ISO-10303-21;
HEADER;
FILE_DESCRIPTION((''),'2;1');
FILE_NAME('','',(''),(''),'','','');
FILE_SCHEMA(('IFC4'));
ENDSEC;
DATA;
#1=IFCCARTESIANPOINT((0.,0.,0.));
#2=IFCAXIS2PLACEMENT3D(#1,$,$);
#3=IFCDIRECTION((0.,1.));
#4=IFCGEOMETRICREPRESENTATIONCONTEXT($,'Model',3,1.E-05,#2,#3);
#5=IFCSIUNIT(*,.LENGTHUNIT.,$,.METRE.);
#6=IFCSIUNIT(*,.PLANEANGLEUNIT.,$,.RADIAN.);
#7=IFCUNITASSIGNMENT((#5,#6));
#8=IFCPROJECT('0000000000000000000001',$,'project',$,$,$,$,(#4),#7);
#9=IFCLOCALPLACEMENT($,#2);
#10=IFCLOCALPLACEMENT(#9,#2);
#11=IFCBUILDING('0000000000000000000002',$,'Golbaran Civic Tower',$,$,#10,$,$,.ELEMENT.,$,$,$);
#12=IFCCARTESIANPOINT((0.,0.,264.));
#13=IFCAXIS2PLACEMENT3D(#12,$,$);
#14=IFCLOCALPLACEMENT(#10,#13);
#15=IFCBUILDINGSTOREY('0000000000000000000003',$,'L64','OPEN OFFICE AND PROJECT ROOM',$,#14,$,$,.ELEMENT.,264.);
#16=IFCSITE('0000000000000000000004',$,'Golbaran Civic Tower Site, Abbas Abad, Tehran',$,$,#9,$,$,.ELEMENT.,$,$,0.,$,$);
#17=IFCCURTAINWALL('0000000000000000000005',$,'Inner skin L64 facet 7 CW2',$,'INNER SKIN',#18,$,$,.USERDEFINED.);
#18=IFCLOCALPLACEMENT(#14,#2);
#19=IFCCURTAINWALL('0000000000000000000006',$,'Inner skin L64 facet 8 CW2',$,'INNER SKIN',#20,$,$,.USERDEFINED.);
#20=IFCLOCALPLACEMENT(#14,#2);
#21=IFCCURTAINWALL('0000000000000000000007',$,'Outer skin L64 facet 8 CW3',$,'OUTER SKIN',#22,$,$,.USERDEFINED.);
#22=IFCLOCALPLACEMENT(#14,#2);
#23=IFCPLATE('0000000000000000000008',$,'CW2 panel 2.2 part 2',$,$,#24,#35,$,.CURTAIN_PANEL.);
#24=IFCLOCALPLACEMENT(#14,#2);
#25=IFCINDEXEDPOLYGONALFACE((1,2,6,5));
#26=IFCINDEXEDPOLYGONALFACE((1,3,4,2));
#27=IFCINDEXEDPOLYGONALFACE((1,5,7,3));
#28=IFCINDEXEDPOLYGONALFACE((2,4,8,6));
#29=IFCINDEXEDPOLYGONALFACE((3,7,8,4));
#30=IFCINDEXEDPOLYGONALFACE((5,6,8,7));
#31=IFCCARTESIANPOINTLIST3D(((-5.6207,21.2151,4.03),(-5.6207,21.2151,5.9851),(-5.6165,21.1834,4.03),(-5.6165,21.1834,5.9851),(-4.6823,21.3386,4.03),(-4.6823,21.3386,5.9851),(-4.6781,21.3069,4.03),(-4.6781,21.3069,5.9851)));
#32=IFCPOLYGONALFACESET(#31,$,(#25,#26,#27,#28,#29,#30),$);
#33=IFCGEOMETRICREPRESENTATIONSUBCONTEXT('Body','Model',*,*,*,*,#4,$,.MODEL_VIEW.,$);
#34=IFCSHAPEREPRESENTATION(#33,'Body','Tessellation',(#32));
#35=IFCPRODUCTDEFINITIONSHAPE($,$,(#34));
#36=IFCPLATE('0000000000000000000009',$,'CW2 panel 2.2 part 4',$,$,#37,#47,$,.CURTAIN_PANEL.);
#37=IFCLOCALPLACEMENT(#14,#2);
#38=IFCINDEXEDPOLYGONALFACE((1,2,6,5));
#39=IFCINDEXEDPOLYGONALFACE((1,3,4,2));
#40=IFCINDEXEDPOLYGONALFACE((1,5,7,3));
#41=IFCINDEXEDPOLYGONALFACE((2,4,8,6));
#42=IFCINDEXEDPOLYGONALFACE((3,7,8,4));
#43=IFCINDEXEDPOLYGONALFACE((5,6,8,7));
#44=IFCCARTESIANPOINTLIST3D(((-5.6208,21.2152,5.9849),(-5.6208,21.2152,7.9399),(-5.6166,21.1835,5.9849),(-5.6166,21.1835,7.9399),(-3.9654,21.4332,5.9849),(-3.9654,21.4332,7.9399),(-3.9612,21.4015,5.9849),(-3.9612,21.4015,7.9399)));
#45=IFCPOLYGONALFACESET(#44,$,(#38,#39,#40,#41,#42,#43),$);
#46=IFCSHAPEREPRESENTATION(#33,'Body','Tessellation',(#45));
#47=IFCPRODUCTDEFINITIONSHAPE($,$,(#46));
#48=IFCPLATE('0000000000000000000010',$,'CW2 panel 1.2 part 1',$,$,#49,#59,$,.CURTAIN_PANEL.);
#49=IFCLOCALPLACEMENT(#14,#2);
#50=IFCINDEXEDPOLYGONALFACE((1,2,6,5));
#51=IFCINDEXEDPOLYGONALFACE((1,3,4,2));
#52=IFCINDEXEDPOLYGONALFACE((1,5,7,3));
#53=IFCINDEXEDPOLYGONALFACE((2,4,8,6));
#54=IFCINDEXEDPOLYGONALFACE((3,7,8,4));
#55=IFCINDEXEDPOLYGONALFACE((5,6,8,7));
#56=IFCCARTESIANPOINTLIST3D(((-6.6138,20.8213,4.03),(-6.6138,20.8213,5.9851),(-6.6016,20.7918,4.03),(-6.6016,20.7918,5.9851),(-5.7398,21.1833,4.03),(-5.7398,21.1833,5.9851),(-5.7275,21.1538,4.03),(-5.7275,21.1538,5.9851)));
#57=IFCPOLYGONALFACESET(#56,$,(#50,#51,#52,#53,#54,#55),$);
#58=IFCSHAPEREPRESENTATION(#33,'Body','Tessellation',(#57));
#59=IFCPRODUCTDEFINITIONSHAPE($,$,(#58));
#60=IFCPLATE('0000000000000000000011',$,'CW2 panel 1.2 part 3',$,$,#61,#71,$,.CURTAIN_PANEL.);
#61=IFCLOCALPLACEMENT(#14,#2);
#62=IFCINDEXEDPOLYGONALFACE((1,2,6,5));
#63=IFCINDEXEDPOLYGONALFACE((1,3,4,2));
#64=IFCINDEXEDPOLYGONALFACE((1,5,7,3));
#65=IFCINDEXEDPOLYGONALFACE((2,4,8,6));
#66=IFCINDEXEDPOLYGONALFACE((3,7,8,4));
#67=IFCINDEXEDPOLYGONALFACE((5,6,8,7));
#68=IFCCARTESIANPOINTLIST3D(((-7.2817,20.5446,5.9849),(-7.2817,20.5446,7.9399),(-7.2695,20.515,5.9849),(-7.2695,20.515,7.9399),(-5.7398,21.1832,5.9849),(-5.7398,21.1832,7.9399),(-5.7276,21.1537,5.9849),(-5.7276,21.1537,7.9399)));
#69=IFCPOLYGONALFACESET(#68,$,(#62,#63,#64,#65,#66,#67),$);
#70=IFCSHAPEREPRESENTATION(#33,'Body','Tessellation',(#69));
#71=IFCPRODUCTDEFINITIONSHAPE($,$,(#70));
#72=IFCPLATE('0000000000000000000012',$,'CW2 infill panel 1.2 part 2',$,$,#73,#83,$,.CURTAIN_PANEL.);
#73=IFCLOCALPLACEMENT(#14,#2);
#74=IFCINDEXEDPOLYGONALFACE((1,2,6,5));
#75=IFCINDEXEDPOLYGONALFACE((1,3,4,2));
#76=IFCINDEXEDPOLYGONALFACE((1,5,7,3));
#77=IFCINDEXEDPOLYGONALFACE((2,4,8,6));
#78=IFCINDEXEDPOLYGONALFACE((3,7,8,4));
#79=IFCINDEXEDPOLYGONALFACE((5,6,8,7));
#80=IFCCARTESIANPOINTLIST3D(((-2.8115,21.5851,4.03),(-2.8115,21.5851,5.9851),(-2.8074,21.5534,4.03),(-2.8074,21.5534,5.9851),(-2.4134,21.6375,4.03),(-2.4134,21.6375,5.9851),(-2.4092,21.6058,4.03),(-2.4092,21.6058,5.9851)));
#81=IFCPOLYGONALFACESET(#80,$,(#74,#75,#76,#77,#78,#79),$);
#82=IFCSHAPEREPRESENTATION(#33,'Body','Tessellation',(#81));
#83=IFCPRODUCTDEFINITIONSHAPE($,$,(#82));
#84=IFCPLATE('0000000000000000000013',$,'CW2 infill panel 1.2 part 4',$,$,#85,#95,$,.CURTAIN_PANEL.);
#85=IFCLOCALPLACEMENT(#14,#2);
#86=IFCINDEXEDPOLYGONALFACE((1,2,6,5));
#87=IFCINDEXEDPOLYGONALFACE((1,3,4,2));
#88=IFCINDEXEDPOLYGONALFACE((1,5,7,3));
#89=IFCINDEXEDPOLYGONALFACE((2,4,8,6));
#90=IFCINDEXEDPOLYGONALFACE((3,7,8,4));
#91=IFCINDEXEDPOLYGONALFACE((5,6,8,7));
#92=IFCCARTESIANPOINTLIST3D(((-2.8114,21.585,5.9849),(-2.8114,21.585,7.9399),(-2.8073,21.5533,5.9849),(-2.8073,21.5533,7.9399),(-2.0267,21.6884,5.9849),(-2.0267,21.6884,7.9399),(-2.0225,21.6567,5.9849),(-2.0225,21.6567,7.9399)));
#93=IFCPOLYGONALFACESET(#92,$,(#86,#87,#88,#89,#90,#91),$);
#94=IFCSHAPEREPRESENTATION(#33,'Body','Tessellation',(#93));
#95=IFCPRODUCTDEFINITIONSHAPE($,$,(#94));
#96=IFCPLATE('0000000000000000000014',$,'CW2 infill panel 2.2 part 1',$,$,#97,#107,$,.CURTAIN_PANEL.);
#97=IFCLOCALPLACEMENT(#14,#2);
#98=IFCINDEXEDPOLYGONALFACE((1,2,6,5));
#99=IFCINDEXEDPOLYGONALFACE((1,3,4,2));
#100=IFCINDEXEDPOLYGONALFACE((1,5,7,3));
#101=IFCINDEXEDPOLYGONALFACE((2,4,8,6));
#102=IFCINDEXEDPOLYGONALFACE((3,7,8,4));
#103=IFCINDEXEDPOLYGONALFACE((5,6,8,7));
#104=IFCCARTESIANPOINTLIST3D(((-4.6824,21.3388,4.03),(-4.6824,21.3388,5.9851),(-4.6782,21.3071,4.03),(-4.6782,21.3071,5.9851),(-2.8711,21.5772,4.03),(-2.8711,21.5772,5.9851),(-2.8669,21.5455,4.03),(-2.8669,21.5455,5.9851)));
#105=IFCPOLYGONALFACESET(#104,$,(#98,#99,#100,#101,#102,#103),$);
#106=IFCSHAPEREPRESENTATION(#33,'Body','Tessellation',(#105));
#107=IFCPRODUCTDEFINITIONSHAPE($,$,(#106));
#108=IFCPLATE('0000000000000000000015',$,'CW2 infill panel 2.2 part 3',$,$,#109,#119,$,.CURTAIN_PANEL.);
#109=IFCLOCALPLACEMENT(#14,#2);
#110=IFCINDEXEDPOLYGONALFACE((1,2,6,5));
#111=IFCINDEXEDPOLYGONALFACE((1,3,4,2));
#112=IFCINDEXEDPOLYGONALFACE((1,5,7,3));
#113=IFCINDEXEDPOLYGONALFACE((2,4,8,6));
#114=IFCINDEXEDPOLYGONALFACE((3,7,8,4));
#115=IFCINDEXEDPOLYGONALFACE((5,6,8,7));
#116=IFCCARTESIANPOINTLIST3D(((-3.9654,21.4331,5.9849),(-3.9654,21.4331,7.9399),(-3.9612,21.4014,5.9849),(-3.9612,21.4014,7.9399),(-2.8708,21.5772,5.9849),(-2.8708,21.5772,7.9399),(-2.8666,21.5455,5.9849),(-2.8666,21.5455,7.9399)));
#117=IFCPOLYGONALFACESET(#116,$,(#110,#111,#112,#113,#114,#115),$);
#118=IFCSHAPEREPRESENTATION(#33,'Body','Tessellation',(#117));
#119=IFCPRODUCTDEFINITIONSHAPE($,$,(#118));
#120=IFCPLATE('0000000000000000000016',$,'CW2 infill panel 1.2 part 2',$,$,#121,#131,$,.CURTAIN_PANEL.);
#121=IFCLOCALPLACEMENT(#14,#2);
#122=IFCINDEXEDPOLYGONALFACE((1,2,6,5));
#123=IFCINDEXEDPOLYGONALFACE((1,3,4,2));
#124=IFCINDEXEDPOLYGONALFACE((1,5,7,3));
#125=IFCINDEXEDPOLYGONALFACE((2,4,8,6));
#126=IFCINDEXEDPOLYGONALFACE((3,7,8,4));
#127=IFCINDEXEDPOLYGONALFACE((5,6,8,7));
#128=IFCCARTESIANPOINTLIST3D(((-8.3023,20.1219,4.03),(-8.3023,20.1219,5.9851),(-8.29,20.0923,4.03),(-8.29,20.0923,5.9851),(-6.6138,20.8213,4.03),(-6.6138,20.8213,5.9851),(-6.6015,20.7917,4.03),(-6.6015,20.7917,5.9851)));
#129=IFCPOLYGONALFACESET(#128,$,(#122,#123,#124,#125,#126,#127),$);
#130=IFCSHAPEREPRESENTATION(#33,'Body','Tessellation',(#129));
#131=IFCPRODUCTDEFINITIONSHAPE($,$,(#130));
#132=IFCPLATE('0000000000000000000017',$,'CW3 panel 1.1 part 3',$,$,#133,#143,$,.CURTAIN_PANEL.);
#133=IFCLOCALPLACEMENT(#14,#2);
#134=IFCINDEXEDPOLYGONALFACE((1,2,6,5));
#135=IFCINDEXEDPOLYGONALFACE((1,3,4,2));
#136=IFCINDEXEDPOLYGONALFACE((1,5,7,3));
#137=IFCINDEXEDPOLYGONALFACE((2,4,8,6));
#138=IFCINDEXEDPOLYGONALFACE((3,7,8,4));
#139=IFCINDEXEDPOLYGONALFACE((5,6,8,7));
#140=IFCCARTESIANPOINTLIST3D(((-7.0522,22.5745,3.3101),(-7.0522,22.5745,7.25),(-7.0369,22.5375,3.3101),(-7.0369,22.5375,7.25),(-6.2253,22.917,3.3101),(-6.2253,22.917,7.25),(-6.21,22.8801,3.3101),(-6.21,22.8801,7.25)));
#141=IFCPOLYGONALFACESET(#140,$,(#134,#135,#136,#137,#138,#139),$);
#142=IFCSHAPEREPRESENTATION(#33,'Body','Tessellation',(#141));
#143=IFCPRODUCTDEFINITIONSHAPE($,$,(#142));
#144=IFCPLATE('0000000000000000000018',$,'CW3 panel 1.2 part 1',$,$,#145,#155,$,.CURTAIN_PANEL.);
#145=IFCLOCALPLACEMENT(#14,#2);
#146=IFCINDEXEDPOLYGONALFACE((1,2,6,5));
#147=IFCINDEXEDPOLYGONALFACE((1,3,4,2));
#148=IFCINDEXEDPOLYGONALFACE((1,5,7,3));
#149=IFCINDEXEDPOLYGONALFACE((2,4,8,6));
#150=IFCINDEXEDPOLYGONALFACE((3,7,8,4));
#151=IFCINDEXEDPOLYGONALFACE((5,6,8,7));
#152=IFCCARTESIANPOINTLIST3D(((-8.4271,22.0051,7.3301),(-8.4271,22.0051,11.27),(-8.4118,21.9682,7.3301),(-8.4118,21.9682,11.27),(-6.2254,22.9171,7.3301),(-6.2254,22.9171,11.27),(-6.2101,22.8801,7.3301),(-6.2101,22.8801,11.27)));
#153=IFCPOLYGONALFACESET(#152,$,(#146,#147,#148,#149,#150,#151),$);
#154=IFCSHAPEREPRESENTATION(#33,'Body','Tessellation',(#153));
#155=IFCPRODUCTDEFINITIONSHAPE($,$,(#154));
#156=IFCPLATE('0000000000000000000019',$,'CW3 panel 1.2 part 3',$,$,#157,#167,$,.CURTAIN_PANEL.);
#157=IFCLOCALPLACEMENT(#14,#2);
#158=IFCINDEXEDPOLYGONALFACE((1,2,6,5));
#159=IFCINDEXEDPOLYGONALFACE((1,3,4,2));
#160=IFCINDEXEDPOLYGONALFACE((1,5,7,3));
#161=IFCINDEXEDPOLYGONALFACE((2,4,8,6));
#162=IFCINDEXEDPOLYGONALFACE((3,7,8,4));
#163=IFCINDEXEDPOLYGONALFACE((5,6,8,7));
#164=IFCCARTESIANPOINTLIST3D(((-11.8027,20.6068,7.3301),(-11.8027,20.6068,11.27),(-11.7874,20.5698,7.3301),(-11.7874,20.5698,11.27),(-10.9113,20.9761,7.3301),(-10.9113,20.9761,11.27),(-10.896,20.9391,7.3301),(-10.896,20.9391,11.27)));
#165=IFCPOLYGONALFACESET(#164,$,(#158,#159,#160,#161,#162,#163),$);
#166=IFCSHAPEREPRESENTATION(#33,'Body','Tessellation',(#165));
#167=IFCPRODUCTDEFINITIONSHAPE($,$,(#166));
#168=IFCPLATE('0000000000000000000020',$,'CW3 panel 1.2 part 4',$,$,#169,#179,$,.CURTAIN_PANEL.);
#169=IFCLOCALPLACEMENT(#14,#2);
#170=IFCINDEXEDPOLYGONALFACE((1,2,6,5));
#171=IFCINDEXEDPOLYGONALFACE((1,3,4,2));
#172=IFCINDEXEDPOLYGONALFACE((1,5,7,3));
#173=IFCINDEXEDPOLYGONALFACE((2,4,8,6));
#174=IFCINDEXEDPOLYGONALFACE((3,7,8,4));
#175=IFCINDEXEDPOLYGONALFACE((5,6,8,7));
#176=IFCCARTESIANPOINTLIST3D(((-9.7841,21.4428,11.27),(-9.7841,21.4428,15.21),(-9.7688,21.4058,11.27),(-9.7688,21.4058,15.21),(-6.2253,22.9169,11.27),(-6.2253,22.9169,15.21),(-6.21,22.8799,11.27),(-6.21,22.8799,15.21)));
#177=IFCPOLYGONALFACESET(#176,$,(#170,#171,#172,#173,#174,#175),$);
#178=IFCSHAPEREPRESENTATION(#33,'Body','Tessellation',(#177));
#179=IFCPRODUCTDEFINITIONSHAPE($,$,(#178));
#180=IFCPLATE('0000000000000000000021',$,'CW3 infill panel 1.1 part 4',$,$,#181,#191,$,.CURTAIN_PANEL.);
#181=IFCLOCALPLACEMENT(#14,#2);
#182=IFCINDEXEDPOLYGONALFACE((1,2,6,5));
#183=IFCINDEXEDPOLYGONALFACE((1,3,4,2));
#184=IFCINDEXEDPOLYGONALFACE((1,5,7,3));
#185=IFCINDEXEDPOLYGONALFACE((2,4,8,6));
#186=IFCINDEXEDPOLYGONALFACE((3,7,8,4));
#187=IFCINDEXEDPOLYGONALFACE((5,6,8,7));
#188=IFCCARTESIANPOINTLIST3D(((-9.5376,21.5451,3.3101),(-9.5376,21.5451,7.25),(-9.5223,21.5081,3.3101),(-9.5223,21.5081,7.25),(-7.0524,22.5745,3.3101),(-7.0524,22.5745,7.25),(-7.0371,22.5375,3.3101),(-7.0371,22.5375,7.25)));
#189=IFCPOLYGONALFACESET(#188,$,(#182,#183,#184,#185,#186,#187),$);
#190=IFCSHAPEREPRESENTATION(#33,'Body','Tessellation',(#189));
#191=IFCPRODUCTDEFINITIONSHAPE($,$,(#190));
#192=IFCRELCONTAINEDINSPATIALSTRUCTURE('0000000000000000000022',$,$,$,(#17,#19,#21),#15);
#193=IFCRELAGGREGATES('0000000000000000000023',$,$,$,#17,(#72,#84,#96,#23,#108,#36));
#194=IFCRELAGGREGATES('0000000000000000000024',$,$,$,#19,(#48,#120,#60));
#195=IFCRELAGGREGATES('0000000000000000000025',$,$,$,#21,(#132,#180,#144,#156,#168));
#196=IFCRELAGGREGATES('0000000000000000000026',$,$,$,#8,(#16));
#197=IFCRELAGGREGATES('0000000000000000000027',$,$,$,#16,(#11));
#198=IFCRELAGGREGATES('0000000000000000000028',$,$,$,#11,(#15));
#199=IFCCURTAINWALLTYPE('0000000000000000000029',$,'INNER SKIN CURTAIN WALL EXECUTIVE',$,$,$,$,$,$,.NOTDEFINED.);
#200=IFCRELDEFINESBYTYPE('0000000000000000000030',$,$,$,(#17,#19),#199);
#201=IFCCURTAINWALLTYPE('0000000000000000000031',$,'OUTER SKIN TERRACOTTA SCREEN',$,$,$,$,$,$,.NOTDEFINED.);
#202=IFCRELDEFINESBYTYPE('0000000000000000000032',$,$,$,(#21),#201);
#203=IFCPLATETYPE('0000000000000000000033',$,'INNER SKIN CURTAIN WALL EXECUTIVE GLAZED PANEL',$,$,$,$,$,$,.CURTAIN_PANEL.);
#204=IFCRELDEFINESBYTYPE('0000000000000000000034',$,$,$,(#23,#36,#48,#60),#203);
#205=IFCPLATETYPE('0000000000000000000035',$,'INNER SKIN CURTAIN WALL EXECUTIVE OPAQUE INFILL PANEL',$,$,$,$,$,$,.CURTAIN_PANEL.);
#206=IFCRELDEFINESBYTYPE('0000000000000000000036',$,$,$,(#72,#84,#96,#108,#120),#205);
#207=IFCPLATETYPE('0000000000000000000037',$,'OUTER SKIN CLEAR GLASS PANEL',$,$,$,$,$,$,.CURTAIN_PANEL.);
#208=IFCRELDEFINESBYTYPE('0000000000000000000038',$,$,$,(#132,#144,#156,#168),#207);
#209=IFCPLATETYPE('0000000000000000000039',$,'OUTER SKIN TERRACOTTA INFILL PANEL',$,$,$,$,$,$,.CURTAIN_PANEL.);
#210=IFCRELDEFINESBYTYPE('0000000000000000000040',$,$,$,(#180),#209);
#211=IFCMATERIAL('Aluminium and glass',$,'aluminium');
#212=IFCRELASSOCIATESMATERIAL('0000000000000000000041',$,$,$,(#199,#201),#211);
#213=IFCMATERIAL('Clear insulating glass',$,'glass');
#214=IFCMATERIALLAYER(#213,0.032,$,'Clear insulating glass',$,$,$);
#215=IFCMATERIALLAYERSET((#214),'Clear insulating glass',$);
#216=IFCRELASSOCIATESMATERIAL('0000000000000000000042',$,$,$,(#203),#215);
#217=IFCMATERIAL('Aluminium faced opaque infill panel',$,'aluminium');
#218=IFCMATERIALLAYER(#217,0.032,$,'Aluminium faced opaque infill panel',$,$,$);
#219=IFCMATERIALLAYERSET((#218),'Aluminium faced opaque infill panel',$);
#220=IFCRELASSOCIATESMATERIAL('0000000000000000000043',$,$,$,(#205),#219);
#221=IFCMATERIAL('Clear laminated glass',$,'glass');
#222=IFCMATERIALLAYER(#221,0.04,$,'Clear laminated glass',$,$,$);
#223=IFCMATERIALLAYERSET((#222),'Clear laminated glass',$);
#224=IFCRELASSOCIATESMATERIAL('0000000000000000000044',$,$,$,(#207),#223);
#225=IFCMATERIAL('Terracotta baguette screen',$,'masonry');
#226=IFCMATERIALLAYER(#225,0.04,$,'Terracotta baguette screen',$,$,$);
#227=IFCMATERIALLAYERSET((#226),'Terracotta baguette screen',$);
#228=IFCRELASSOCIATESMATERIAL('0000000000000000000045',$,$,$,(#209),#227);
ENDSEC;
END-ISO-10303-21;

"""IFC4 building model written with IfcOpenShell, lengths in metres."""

from ifc_helpers import new_model, si_unit, direction, frame, origin, origin_2d, place, context, subcontext, project, spatial, rectangle, extrude, material, layer, layer_set, type_object, element, aggregate, save


model = new_model("IFC4")

# Units and contexts
model_context = context("Model", 3, precision=1e-05, world=origin(), true_north=direction((0.0, 1.0)))
body_context = subcontext(model_context, "Body", "Model", "MODEL_VIEW")
ifc_project = project(units=[si_unit("LENGTHUNIT", "METRE"), si_unit("PLANEANGLEUNIT", "RADIAN")], contexts=[model_context])

# Site, building, storey
site_placement = place(None, origin())
site = spatial("IfcSite", under=ifc_project, at=site_placement, Name="Golbaran Civic Tower Site, Abbas Abad, Tehran", CompositionType="ELEMENT", RefElevation=0.0)
building_placement = place(site_placement, origin())
building = spatial("IfcBuilding", under=site, at=building_placement, Name="Golbaran Civic Tower", CompositionType="ELEMENT")
storey_placement = place(building_placement, frame((0.0, 0.0, 264.0)))
storey = spatial("IfcBuildingStorey", under=building, at=storey_placement, Name="L64", Description="OPEN OFFICE AND PROJECT ROOM", CompositionType="ELEMENT", Elevation=264.0)

# Curtain walls
ifc_material_1 = material(Name="Aluminium and glass", Category="aluminium")
curtain_wall_type_1 = type_object("IfcCurtainWallType", Name="INNER SKIN CURTAIN WALL EXECUTIVE", PredefinedType="NOTDEFINED", material=ifc_material_1)
curtain_wall_1_placement = place(storey_placement, origin())
curtain_wall_1 = element("IfcCurtainWall", 1, at=curtain_wall_1_placement, inside=storey, type_object=curtain_wall_type_1, Name="Inner skin L64 facet 7 CW2", ObjectType="INNER SKIN", PredefinedType="USERDEFINED")
curtain_wall_2_placement = place(storey_placement, origin())
curtain_wall_2 = element("IfcCurtainWall", 2, at=curtain_wall_2_placement, inside=storey, type_object=curtain_wall_type_1, Name="Inner skin L64 facet 8 CW2", ObjectType="INNER SKIN", PredefinedType="USERDEFINED")
curtain_wall_type_2 = type_object("IfcCurtainWallType", Name="OUTER SKIN TERRACOTTA SCREEN", PredefinedType="NOTDEFINED", material=ifc_material_1)
curtain_wall_3_placement = place(storey_placement, origin())
curtain_wall_3 = element("IfcCurtainWall", 3, at=curtain_wall_3_placement, inside=storey, type_object=curtain_wall_type_2, Name="Outer skin L64 facet 8 CW3", ObjectType="OUTER SKIN", PredefinedType="USERDEFINED")

# Plates
ifc_material_2 = material(Name="Clear insulating glass", Category="glass")
ifc_layer_1 = layer(ifc_material_2, 0.032, Name="Clear insulating glass")
ifc_layer_set_1 = layer_set([ifc_layer_1], Name="Clear insulating glass")
plate_type_1 = type_object("IfcPlateType", Name="INNER SKIN CURTAIN WALL EXECUTIVE GLAZED PANEL", PredefinedType="CURTAIN_PANEL", material=ifc_layer_set_1)
plate_1_placement = place(storey_placement, frame((-5.1494, 21.261, 4.03), z_axis=(0.0, 0.0, 1.0), x_axis=(-0.991445, -0.130526, 0.0)))
plate_1 = element("IfcPlate", 4, at=plate_1_placement, type_object=plate_type_1, Name="CW2 panel 2.2 part 2", PredefinedType="CURTAIN_PANEL", context=body_context, shape_type="SweptSolid", body=[
    extrude(rectangle(XDim=0.9465, YDim=0.032, at=origin_2d()), origin(), (0.0, 0.0, 1.0), 1.9551),
])
plate_2_placement = place(storey_placement, frame((-4.791, 21.3083, 5.9849), z_axis=(0.0, 0.0, 1.0), x_axis=(-0.991445, -0.130526, 0.0)))
plate_2 = element("IfcPlate", 5, at=plate_2_placement, type_object=plate_type_1, Name="CW2 panel 2.2 part 4", PredefinedType="CURTAIN_PANEL", context=body_context, shape_type="SweptSolid", body=[
    extrude(rectangle(XDim=1.6697, YDim=0.032, at=origin_2d()), origin(), (0.0, 0.0, 1.0), 1.9551),
])
plate_3_placement = place(storey_placement, frame((-6.1707, 20.9875, 4.03), z_axis=(0.0, 0.0, 1.0), x_axis=(-0.92388, -0.382683, 0.0)))
plate_3 = element("IfcPlate", 6, at=plate_3_placement, type_object=plate_type_1, Name="CW2 panel 1.2 part 1", PredefinedType="CURTAIN_PANEL", context=body_context, shape_type="SweptSolid", body=[
    extrude(rectangle(XDim=0.946, YDim=0.032, at=origin_2d()), origin(), (0.0, 0.0, 1.0), 1.9551),
])
plate_4_placement = place(storey_placement, frame((-6.5046, 20.8491, 5.9849), z_axis=(0.0, 0.0, 1.0), x_axis=(-0.92388, -0.382683, 0.0)))
plate_4 = element("IfcPlate", 7, at=plate_4_placement, type_object=plate_type_1, Name="CW2 panel 1.2 part 3", PredefinedType="CURTAIN_PANEL", context=body_context, shape_type="SweptSolid", body=[
    extrude(rectangle(XDim=1.6689, YDim=0.032, at=origin_2d()), origin(), (0.0, 0.0, 1.0), 1.9551),
])
ifc_material_3 = material(Name="Aluminium faced opaque infill panel", Category="aluminium")
ifc_layer_2 = layer(ifc_material_3, 0.032, Name="Aluminium faced opaque infill panel")
ifc_layer_set_2 = layer_set([ifc_layer_2], Name="Aluminium faced opaque infill panel")
plate_type_2 = type_object("IfcPlateType", Name="INNER SKIN CURTAIN WALL EXECUTIVE OPAQUE INFILL PANEL", PredefinedType="CURTAIN_PANEL", material=ifc_layer_set_2)
plate_5_placement = place(storey_placement, frame((-2.6104, 21.5955, 4.03), z_axis=(0.0, 0.0, 1.0), x_axis=(-0.991445, -0.130526, 0.0)))
plate_5 = element("IfcPlate", 8, at=plate_5_placement, type_object=plate_type_2, Name="CW2 infill panel 1.2 part 2", PredefinedType="CURTAIN_PANEL", context=body_context, shape_type="SweptSolid", body=[
    extrude(rectangle(XDim=0.4016, YDim=0.032, at=origin_2d()), origin(), (0.0, 0.0, 1.0), 1.9551),
])
plate_6_placement = place(storey_placement, frame((-2.417, 21.6208, 5.9849), z_axis=(0.0, 0.0, 1.0), x_axis=(-0.991445, -0.130526, 0.0)))
plate_6 = element("IfcPlate", 9, at=plate_6_placement, type_object=plate_type_2, Name="CW2 infill panel 1.2 part 4", PredefinedType="CURTAIN_PANEL", context=body_context, shape_type="SweptSolid", body=[
    extrude(rectangle(XDim=0.7915, YDim=0.032, at=origin_2d()), origin(), (0.0, 0.0, 1.0), 1.9551),
])
plate_7_placement = place(storey_placement, frame((-3.7747, 21.4421, 4.03), z_axis=(0.0, 0.0, 1.0), x_axis=(-0.991445, -0.130526, 0.0)))
plate_7 = element("IfcPlate", 10, at=plate_7_placement, type_object=plate_type_2, Name="CW2 infill panel 2.2 part 1", PredefinedType="CURTAIN_PANEL", context=body_context, shape_type="SweptSolid", body=[
    extrude(rectangle(XDim=1.8269, YDim=0.032, at=origin_2d()), origin(), (0.0, 0.0, 1.0), 1.9551),
])
plate_8_placement = place(storey_placement, frame((-3.416, 21.4893, 5.9849), z_axis=(0.0, 0.0, 1.0), x_axis=(-0.991445, -0.130526, 0.0)))
plate_8 = element("IfcPlate", 11, at=plate_8_placement, type_object=plate_type_2, Name="CW2 infill panel 2.2 part 3", PredefinedType="CURTAIN_PANEL", context=body_context, shape_type="SweptSolid", body=[
    extrude(rectangle(XDim=1.104, YDim=0.032, at=origin_2d()), origin(), (0.0, 0.0, 1.0), 1.9551),
])
aggregate(curtain_wall_1, [plate_5, plate_6, plate_7, plate_1, plate_8, plate_2])
plate_9_placement = place(storey_placement, frame((-7.4519, 20.4568, 4.03), z_axis=(0.0, 0.0, 1.0), x_axis=(-0.92388, -0.382683, 0.0)))
plate_9 = element("IfcPlate", 12, at=plate_9_placement, type_object=plate_type_2, Name="CW2 infill panel 1.2 part 2", PredefinedType="CURTAIN_PANEL", context=body_context, shape_type="SweptSolid", body=[
    extrude(rectangle(XDim=1.8276, YDim=0.032, at=origin_2d()), origin(), (0.0, 0.0, 1.0), 1.9551),
])
aggregate(curtain_wall_2, [plate_3, plate_9, plate_4])
ifc_material_4 = material(Name="Clear laminated glass", Category="glass")
ifc_layer_3 = layer(ifc_material_4, 0.04, Name="Clear laminated glass")
ifc_layer_set_3 = layer_set([ifc_layer_3], Name="Clear laminated glass")
plate_type_3 = type_object("IfcPlateType", Name="OUTER SKIN CLEAR GLASS PANEL", PredefinedType="CURTAIN_PANEL", material=ifc_layer_set_3)
plate_10_placement = place(storey_placement, frame((-6.6311, 22.7273, 3.3101), z_axis=(0.0, 0.0, 1.0), x_axis=(-0.92388, -0.382683, 0.0)))
plate_10 = element("IfcPlate", 13, at=plate_10_placement, type_object=plate_type_3, Name="CW3 panel 1.1 part 3", PredefinedType="CURTAIN_PANEL", context=body_context, shape_type="SweptSolid", body=[
    extrude(rectangle(XDim=0.895, YDim=0.04, at=origin_2d()), origin(), (0.0, 0.0, 1.0), 3.9399),
])
plate_11_placement = place(storey_placement, frame((-7.3186, 22.4426, 7.3301), z_axis=(0.0, 0.0, 1.0), x_axis=(-0.92388, -0.382683, 0.0)))
plate_11 = element("IfcPlate", 14, at=plate_11_placement, type_object=plate_type_3, Name="CW3 panel 1.2 part 1", PredefinedType="CURTAIN_PANEL", context=body_context, shape_type="SweptSolid", body=[
    extrude(rectangle(XDim=2.3831, YDim=0.04, at=origin_2d()), origin(), (0.0, 0.0, 1.0), 3.9399),
])
plate_12_placement = place(storey_placement, frame((-11.3494, 20.7729, 7.3301), z_axis=(0.0, 0.0, 1.0), x_axis=(-0.92388, -0.382683, 0.0)))
plate_12 = element("IfcPlate", 15, at=plate_12_placement, type_object=plate_type_3, Name="CW3 panel 1.2 part 3", PredefinedType="CURTAIN_PANEL", context=body_context, shape_type="SweptSolid", body=[
    extrude(rectangle(XDim=0.9648, YDim=0.04, at=origin_2d()), origin(), (0.0, 0.0, 1.0), 3.9399),
])
plate_13_placement = place(storey_placement, frame((-7.9971, 22.1614, 11.27), z_axis=(0.0, 0.0, 1.0), x_axis=(-0.92388, -0.382683, 0.0)))
plate_13 = element("IfcPlate", 16, at=plate_13_placement, type_object=plate_type_3, Name="CW3 panel 1.2 part 4", PredefinedType="CURTAIN_PANEL", context=body_context, shape_type="SweptSolid", body=[
    extrude(rectangle(XDim=3.8521, YDim=0.04, at=origin_2d()), origin(), (0.0, 0.0, 1.0), 3.9399),
])
ifc_material_5 = material(Name="Terracotta baguette screen", Category="masonry")
ifc_layer_4 = layer(ifc_material_5, 0.04, Name="Terracotta baguette screen")
ifc_layer_set_4 = layer_set([ifc_layer_4], Name="Terracotta baguette screen")
plate_type_4 = type_object("IfcPlateType", Name="OUTER SKIN TERRACOTTA INFILL PANEL", PredefinedType="CURTAIN_PANEL", material=ifc_layer_set_4)
plate_14_placement = place(storey_placement, frame((-8.2874, 22.0413, 3.3101), z_axis=(0.0, 0.0, 1.0), x_axis=(-0.92388, -0.382683, 0.0)))
plate_14 = element("IfcPlate", 17, at=plate_14_placement, type_object=plate_type_4, Name="CW3 infill panel 1.1 part 4", PredefinedType="CURTAIN_PANEL", context=body_context, shape_type="SweptSolid", body=[
    extrude(rectangle(XDim=2.6899, YDim=0.04, at=origin_2d()), origin(), (0.0, 0.0, 1.0), 3.9399),
])
aggregate(curtain_wall_3, [plate_10, plate_14, plate_11, plate_12, plate_13])

save(model, "model.ifc")
